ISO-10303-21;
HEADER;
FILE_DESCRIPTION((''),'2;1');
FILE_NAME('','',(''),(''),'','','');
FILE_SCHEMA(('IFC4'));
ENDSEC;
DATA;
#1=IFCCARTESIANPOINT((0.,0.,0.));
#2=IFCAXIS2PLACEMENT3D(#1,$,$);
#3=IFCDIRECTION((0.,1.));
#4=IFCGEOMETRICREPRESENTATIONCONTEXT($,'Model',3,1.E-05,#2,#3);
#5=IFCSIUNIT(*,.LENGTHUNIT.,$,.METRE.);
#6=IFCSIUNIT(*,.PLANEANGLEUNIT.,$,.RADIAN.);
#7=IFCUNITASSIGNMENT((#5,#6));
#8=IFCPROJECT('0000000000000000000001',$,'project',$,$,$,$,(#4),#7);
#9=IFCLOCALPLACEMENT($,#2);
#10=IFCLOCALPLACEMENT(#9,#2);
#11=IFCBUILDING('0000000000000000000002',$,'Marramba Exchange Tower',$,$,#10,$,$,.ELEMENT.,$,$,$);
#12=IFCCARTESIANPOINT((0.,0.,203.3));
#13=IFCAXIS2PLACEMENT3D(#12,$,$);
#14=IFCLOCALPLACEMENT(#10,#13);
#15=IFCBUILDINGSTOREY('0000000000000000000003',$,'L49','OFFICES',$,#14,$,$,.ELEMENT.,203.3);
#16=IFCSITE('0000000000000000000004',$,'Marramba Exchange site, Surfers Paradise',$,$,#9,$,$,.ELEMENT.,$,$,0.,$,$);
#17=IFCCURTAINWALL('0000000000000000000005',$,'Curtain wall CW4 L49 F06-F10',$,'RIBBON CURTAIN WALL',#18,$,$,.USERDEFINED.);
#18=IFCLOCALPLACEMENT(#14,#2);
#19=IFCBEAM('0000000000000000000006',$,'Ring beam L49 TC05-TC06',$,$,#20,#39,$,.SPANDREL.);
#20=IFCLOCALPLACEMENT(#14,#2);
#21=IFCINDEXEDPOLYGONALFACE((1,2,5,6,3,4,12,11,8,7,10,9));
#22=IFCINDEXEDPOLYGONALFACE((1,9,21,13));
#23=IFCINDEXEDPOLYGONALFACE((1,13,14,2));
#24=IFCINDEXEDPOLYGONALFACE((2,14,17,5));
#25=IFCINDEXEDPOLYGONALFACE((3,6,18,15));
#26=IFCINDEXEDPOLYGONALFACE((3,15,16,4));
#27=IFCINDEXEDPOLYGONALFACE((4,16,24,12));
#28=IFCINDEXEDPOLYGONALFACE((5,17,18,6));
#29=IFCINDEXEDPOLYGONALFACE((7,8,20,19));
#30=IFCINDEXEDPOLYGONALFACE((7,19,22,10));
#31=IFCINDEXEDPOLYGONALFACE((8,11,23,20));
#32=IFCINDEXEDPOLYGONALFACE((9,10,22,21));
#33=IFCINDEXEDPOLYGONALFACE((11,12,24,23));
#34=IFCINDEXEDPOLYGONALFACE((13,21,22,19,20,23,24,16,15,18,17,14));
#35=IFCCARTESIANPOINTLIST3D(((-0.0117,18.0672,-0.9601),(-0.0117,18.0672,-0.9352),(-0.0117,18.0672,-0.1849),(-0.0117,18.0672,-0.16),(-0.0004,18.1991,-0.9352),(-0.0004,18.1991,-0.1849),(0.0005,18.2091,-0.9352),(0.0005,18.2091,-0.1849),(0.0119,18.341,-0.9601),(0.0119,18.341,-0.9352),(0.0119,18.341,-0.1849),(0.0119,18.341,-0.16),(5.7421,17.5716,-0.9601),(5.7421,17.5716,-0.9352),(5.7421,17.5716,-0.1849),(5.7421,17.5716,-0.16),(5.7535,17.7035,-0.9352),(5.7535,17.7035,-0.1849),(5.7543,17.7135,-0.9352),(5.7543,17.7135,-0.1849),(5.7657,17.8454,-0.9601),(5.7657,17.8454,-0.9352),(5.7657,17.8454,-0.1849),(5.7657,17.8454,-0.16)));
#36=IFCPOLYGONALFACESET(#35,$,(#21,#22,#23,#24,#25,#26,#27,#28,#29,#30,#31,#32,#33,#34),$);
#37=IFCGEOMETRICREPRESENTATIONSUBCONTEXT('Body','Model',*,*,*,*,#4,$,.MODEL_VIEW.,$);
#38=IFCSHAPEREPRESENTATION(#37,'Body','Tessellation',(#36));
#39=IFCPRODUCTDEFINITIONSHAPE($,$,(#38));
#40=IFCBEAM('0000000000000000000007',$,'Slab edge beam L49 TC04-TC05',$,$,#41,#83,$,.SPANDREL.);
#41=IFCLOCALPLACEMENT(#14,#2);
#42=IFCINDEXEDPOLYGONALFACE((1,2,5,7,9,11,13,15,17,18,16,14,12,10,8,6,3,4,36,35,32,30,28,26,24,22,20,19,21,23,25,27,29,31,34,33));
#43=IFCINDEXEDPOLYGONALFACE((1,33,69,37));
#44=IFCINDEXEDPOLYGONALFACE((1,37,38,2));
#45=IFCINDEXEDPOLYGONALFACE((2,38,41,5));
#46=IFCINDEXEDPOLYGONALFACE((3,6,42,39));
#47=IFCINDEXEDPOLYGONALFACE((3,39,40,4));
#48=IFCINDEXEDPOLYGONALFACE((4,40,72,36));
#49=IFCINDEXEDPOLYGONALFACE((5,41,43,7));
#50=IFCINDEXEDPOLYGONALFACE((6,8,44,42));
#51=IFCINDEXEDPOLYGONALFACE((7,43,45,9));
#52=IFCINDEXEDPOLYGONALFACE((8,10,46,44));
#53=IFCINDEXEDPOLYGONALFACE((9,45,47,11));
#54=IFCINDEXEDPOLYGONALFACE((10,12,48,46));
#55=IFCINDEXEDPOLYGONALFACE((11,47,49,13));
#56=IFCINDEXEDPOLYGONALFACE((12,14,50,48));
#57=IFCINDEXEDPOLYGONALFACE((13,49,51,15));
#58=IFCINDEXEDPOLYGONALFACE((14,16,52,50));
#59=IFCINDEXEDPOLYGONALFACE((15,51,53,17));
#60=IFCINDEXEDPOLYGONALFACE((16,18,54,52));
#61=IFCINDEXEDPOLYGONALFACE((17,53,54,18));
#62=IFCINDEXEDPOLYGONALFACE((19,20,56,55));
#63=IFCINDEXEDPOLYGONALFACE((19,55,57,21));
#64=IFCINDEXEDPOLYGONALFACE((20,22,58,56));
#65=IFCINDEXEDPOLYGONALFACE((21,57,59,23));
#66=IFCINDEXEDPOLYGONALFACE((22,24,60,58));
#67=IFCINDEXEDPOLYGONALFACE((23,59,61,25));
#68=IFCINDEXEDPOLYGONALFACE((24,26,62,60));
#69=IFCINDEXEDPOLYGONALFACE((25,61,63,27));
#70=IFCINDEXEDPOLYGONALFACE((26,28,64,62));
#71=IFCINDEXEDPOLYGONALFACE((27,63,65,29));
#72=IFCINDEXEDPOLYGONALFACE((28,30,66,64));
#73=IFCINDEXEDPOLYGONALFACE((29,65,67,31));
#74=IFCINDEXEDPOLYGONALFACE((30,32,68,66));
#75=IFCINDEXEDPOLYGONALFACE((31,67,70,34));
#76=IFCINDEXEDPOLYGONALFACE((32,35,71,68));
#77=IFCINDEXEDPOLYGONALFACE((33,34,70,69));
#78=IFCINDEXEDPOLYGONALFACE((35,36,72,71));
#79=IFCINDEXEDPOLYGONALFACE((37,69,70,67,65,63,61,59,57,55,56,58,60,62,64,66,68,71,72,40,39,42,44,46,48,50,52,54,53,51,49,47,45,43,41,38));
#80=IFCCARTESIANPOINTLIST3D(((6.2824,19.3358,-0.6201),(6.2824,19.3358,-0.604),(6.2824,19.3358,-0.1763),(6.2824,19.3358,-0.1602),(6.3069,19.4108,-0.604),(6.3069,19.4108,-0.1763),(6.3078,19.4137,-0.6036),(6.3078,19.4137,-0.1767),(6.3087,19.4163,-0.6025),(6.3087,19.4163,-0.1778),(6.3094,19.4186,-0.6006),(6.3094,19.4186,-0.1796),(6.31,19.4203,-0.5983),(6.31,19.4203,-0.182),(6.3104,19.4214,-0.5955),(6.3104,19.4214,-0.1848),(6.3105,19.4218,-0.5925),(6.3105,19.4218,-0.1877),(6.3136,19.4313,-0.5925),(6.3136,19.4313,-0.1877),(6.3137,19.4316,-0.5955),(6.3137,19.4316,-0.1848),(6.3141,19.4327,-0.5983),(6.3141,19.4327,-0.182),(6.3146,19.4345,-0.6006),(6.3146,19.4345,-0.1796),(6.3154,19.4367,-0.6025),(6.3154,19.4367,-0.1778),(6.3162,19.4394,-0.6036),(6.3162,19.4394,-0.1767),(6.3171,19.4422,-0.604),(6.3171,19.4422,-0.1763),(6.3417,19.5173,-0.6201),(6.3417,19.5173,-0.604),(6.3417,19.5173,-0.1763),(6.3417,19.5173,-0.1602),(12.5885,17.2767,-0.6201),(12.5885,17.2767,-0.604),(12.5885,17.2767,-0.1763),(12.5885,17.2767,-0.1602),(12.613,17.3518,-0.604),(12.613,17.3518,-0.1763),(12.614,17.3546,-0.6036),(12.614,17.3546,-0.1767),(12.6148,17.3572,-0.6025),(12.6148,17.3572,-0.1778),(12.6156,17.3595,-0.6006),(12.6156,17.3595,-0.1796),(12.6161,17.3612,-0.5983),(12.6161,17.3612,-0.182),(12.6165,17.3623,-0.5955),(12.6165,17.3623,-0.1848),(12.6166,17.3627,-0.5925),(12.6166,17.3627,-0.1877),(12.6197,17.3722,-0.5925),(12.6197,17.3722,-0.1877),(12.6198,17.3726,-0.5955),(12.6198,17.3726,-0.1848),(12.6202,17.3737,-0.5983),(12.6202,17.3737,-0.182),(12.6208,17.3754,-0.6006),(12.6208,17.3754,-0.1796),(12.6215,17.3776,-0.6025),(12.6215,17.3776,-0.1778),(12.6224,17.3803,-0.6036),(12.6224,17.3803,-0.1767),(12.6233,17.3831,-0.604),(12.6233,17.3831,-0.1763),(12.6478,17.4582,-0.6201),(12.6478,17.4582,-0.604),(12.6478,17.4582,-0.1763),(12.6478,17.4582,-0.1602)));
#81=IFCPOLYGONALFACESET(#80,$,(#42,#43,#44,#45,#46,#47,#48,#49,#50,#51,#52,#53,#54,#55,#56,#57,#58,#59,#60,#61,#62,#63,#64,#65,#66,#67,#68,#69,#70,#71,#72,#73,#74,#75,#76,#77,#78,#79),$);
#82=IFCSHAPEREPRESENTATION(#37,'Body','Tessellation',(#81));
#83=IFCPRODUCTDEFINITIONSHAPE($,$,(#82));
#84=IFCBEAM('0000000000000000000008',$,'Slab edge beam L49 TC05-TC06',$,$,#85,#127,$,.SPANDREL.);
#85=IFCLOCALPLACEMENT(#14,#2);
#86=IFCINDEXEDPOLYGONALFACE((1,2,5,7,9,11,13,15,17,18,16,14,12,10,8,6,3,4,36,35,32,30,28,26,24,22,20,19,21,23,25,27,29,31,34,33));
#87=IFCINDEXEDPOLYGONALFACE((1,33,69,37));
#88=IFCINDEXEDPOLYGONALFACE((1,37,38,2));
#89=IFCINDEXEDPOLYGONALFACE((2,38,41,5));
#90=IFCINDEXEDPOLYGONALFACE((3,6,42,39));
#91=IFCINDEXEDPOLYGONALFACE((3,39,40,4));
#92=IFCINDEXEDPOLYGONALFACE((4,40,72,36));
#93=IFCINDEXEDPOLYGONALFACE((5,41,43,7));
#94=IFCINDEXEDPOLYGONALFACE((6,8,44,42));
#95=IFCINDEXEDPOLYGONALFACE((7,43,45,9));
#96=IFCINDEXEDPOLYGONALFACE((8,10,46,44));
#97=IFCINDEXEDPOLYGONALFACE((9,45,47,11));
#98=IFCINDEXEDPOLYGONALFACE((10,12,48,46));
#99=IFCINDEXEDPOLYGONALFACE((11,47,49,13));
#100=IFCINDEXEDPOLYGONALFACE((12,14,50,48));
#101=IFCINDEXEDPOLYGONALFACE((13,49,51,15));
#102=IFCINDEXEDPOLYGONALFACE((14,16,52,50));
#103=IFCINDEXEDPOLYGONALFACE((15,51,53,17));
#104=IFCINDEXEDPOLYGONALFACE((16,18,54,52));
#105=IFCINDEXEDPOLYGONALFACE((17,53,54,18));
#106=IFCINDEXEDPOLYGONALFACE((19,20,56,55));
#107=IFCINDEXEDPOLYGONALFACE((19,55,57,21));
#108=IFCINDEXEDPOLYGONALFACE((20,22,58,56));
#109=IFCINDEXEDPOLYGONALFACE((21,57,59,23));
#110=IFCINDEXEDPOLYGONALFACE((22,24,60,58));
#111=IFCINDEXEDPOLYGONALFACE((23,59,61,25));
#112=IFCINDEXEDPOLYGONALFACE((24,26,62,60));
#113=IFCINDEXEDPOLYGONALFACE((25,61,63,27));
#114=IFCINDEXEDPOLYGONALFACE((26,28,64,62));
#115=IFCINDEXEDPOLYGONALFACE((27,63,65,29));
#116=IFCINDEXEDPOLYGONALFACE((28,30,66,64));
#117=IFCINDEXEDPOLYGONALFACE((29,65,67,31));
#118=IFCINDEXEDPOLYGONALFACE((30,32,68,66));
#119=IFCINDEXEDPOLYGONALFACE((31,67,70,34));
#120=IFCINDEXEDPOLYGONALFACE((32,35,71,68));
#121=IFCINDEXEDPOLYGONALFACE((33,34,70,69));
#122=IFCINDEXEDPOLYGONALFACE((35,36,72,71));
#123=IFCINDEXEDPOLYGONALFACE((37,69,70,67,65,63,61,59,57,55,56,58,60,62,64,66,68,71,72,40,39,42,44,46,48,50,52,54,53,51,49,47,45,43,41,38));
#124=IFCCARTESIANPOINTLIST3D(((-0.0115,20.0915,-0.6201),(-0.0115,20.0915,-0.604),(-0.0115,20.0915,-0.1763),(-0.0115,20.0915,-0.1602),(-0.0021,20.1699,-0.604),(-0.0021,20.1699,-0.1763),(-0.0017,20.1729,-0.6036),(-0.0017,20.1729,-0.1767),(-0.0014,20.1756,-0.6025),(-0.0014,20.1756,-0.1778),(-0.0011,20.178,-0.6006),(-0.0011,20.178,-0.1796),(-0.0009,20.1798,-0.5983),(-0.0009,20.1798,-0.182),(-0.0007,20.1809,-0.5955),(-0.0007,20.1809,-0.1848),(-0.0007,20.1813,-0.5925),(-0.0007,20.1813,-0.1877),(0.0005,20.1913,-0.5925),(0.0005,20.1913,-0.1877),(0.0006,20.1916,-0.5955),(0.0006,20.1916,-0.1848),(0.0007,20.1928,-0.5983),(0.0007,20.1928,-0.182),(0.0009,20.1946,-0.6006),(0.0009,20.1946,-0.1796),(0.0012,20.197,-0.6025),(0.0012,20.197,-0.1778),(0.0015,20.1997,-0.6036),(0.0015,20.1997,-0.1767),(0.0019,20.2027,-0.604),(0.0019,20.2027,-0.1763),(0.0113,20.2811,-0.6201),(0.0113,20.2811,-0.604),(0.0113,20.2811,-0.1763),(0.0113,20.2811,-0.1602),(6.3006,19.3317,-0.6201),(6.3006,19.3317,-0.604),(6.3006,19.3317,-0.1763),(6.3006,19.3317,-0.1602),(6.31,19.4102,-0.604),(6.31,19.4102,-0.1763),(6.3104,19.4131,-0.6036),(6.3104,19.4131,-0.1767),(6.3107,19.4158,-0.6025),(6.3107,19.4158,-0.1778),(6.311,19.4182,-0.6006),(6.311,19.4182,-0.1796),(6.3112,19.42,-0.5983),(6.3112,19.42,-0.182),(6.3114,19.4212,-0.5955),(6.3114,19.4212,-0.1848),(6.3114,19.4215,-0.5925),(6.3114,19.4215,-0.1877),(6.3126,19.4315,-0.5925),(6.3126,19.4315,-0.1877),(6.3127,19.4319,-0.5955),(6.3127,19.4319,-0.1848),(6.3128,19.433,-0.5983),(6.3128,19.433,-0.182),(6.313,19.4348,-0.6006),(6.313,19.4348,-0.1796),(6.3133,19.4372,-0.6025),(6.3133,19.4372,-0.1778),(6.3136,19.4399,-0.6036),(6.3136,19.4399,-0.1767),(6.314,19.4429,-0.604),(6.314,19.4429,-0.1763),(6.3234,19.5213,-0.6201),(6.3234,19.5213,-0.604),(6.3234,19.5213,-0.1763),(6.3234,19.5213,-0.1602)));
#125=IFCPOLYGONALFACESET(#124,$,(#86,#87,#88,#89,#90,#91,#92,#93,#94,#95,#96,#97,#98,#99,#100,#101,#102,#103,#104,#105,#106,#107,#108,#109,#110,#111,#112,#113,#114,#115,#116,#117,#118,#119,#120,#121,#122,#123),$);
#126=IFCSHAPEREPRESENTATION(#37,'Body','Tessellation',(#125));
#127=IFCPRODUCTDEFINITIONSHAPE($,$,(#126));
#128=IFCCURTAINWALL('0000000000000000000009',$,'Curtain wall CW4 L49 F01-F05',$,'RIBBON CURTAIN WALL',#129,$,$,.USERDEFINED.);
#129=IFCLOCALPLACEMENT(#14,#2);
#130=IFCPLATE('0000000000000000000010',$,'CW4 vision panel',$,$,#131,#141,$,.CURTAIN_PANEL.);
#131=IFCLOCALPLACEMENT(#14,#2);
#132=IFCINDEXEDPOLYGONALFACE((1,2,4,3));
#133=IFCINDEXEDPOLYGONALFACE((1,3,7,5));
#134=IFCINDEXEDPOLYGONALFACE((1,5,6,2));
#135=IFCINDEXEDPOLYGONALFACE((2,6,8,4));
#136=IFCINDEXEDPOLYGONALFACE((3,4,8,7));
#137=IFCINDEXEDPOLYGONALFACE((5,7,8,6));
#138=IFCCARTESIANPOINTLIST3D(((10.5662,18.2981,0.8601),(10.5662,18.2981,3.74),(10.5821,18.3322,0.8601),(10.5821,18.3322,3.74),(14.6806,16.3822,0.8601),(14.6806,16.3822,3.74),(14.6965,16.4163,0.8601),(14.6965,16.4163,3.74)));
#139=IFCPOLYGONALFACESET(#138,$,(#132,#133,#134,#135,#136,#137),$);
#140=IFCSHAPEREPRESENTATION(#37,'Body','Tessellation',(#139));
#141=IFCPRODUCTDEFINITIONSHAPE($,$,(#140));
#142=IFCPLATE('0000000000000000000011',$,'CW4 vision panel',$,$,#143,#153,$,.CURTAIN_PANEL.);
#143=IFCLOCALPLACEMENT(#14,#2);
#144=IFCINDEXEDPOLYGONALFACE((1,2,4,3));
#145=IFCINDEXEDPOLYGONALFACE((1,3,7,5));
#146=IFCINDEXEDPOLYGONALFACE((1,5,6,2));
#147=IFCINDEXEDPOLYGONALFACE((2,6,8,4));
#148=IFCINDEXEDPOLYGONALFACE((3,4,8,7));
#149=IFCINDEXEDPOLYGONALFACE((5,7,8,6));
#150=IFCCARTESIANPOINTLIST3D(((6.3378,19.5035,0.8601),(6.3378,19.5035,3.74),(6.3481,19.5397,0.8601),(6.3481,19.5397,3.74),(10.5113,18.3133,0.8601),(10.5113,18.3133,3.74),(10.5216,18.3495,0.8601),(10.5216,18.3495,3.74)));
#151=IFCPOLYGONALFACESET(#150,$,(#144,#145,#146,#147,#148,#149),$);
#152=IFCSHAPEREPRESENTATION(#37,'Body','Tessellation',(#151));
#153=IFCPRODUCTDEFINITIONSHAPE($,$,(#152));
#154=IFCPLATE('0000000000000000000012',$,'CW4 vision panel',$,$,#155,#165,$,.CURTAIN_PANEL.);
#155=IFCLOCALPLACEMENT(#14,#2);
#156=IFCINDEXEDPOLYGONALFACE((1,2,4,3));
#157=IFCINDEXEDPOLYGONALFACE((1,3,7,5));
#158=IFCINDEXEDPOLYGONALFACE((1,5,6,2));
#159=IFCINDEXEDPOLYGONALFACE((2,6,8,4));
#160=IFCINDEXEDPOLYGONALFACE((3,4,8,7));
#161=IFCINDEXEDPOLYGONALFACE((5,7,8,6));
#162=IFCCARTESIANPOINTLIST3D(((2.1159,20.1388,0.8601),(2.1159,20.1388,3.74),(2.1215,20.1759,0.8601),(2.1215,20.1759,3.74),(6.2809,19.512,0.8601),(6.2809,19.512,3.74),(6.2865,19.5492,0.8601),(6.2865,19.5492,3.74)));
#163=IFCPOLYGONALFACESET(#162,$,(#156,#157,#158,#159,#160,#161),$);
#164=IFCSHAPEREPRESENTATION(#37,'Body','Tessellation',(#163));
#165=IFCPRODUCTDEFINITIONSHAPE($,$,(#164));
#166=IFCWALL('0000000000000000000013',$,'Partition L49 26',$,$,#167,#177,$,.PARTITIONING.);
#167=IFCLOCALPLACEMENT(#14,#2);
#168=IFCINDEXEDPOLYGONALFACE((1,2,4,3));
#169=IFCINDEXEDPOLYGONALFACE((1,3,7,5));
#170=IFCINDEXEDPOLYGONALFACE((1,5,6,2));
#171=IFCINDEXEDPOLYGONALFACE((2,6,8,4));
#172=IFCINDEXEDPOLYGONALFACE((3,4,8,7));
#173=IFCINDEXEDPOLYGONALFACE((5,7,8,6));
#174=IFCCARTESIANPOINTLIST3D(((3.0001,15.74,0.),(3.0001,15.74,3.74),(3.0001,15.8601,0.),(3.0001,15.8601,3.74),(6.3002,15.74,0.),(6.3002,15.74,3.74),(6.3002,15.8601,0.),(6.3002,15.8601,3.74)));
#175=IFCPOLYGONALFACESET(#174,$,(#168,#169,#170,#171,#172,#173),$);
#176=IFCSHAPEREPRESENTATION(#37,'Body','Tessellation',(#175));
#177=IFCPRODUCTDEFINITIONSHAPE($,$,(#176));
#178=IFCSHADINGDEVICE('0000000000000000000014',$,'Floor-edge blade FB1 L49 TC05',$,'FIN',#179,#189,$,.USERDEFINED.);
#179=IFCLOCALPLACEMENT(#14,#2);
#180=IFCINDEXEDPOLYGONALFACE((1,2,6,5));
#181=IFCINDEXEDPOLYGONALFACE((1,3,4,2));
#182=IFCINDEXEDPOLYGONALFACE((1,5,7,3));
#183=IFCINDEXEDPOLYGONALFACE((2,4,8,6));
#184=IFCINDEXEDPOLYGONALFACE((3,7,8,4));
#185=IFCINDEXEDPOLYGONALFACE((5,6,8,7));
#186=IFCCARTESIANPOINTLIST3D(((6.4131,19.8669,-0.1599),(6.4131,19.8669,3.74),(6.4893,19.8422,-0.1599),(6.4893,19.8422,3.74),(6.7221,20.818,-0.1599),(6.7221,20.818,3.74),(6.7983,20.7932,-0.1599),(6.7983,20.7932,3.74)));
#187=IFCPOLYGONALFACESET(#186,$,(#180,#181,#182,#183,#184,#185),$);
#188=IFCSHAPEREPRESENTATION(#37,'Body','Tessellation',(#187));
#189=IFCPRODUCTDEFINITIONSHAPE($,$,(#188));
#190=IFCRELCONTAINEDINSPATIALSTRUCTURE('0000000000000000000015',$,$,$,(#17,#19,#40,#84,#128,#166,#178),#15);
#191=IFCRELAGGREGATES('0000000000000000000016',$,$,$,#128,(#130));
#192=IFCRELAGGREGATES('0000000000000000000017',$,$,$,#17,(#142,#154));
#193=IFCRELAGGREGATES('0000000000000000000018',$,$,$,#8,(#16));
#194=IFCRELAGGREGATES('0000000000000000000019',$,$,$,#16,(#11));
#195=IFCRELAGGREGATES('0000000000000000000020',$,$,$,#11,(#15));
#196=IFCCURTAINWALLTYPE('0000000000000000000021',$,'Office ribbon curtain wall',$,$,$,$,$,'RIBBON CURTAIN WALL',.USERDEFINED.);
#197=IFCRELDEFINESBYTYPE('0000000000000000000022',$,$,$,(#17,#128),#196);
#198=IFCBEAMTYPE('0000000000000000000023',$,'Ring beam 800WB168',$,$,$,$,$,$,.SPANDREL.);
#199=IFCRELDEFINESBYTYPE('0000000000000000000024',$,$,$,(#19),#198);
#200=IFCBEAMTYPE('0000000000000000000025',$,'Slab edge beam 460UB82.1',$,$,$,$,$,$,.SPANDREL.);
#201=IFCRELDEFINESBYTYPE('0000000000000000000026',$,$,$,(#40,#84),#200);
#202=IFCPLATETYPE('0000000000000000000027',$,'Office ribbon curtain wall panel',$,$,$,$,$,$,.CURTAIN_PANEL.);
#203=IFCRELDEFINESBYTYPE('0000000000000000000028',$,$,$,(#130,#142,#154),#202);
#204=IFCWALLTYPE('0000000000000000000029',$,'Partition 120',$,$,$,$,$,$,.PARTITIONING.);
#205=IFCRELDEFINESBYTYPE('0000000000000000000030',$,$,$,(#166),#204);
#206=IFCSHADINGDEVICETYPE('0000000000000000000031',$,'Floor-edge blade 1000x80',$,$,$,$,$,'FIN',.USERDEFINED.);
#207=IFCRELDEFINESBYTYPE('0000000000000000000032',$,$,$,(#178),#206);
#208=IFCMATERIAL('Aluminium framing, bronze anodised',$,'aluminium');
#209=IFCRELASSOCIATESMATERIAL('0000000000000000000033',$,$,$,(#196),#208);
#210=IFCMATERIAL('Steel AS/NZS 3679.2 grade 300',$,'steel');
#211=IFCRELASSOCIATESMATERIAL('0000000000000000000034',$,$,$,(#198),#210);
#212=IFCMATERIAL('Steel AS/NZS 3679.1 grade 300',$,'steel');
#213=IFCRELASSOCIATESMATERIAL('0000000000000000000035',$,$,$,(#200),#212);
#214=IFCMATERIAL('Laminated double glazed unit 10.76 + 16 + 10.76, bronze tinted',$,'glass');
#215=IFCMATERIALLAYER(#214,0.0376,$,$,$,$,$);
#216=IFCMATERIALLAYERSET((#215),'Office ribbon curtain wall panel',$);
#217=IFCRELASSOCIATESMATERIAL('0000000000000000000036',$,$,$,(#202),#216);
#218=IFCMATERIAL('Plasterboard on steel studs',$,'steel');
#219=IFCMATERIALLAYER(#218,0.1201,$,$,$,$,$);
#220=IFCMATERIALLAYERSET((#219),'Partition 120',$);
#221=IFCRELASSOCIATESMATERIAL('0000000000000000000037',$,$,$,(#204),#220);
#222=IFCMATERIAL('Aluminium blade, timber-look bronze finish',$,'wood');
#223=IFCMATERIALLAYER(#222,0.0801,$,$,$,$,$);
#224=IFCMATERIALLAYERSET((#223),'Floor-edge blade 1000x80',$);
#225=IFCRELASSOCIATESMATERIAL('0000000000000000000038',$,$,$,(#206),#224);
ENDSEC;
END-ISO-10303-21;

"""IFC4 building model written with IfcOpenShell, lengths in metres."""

from ifc_helpers import new_model, si_unit, direction, frame, frame_2d, origin, origin_2d, place, context, subcontext, project, spatial, rectangle, i_section, extrude, material, layer, layer_set, material_profile, profile_set, type_object, element, aggregate, save


model = new_model("IFC4")

# Units and contexts
model_context = context("Model", 3, precision=1e-05, world=origin(), true_north=direction((0.0, 1.0)))
body_context = subcontext(model_context, "Body", "Model", "MODEL_VIEW")
ifc_project = project(units=[si_unit("LENGTHUNIT", "METRE"), si_unit("PLANEANGLEUNIT", "RADIAN")], contexts=[model_context])

# Site, building, storey
site_placement = place(None, origin())
site = spatial("IfcSite", under=ifc_project, at=site_placement, Name="Marramba Exchange site, Surfers Paradise", CompositionType="ELEMENT", RefElevation=0.0)
building_placement = place(site_placement, origin())
building = spatial("IfcBuilding", under=site, at=building_placement, Name="Marramba Exchange Tower", CompositionType="ELEMENT")
storey_placement = place(building_placement, frame((0.0, 0.0, 203.3)))
storey = spatial("IfcBuildingStorey", under=building, at=storey_placement, Name="L49", Description="OFFICES", CompositionType="ELEMENT", Elevation=203.3)

# Shared definitions
ifc_material_1 = material(Name="Steel AS/NZS 3679.2 grade 300", Category="steel")

# Curtain wall
ifc_material_2 = material(Name="Aluminium framing, bronze anodised", Category="aluminium")
curtain_wall_type = type_object("IfcCurtainWallType", Name="Office ribbon curtain wall", ElementType="RIBBON CURTAIN WALL", PredefinedType="USERDEFINED", material=ifc_material_2)
curtain_wall_1_placement = place(storey_placement, origin())
curtain_wall_1 = element("IfcCurtainWall", 1, at=curtain_wall_1_placement, inside=storey, type_object=curtain_wall_type, Name="Curtain wall CW4 L49 F06-F10", ObjectType="RIBBON CURTAIN WALL", PredefinedType="USERDEFINED")

# Beams
ifc_material_profile_1 = material_profile(ifc_material_1, i_section(OverallWidth=0.2749, OverallDepth=0.8, WebThickness=0.01, FlangeThickness=0.0249, at=origin_2d()), Name="800WB168")
ifc_profile_set_1 = profile_set([ifc_material_profile_1], Name="Steel AS/NZS 3679.2 grade 300")
beam_type_1 = type_object("IfcBeamType", Name="Ring beam 800WB168", PredefinedType="SPANDREL", material=ifc_profile_set_1)
beam_1_placement = place(storey_placement, frame((5.7539, 17.7085, -0.5601), z_axis=(-0.996311, 0.085816, 0.0), x_axis=(-0.085816, -0.996311, 0.0)))
element("IfcBeam", 2, at=beam_1_placement, inside=storey, type_object=beam_type_1, Name="Ring beam L49 TC05-TC06", PredefinedType="SPANDREL", context=body_context, shape_type="SweptSolid", body=[
    extrude(i_section(OverallWidth=0.2749, OverallDepth=0.8, WebThickness=0.01, FlangeThickness=0.0249, at=origin_2d()), origin(), (0.0, 0.0, 1.0), 5.7751),
])
ifc_material_3 = material(Name="Steel AS/NZS 3679.1 grade 300", Category="steel")
ifc_material_profile_2 = material_profile(ifc_material_3, i_section(OverallWidth=0.1909, OverallDepth=0.46, WebThickness=0.01, FlangeThickness=0.0161, FilletRadius=0.0115, at=origin_2d()), Name="460UB82.1")
ifc_profile_set_2 = profile_set([ifc_material_profile_2], Name="Steel AS/NZS 3679.1 grade 300")
beam_type_2 = type_object("IfcBeamType", Name="Slab edge beam 460UB82.1", PredefinedType="SPANDREL", material=ifc_profile_set_2)
beam_2_placement = place(storey_placement, frame((12.6182, 17.3674, -0.3901), z_axis=(-0.950609, 0.310392, 0.0), x_axis=(-0.310392, -0.950609, 0.0)))
element("IfcBeam", 3, at=beam_2_placement, inside=storey, type_object=beam_type_2, Name="Slab edge beam L49 TC04-TC05", PredefinedType="SPANDREL", context=body_context, shape_type="SweptSolid", body=[
    extrude(i_section(OverallWidth=0.1909, OverallDepth=0.46, WebThickness=0.01, FlangeThickness=0.0161, FilletRadius=0.0115, at=origin_2d()), origin(), (0.0, 0.0, 1.0), 6.6338),
])
beam_3_placement = place(storey_placement, frame((6.312, 19.4265, -0.3901), z_axis=(-0.992834, 0.119506, 0.0), x_axis=(-0.119506, -0.992834, 0.0)))
element("IfcBeam", 4, at=beam_3_placement, inside=storey, type_object=beam_type_2, Name="Slab edge beam L49 TC05-TC06", PredefinedType="SPANDREL", context=body_context, shape_type="SweptSolid", body=[
    extrude(i_section(OverallWidth=0.1909, OverallDepth=0.46, WebThickness=0.01, FlangeThickness=0.0161, FilletRadius=0.0115, at=origin_2d()), origin(), (0.0, 0.0, 1.0), 6.3577),
])

# Curtain wall, plate
curtain_wall_2_placement = place(storey_placement, origin())
curtain_wall_2 = element("IfcCurtainWall", 5, at=curtain_wall_2_placement, inside=storey, type_object=curtain_wall_type, Name="Curtain wall CW4 L49 F01-F05", ObjectType="RIBBON CURTAIN WALL", PredefinedType="USERDEFINED")
ifc_material_4 = material(Name="Laminated double glazed unit 10.76 + 16 + 10.76, bronze tinted", Category="glass")
ifc_layer_1 = layer(ifc_material_4, 0.0376)
ifc_layer_set_1 = layer_set([ifc_layer_1], Name="Office ribbon curtain wall panel")
plate_type = type_object("IfcPlateType", Name="Office ribbon curtain wall panel", PredefinedType="CURTAIN_PANEL", material=ifc_layer_set_1)
plate_1_placement = place(storey_placement, frame((12.6313, 17.3572, 0.8601), z_axis=(0.0, 0.0, 1.0), x_axis=(-0.906534, 0.422133, 0.0)))
plate_1 = element("IfcPlate", 6, at=plate_1_placement, type_object=plate_type, Name="CW4 vision panel", PredefinedType="CURTAIN_PANEL", context=body_context, shape_type="SweptSolid", body=[
    extrude(rectangle(XDim=4.5386, YDim=0.0376, at=origin_2d()), origin(), (0.0, 0.0, 1.0), 2.8799),
])
aggregate(curtain_wall_2, [plate_1])

# Plates
plate_2_placement = place(storey_placement, frame((8.4297, 18.9265, 0.8601), z_axis=(0.0, 0.0, 1.0), x_axis=(-0.961659, 0.274248, 0.0)))
plate_2 = element("IfcPlate", 7, at=plate_2_placement, type_object=plate_type, Name="CW4 vision panel", PredefinedType="CURTAIN_PANEL", context=body_context, shape_type="SweptSolid", body=[
    extrude(rectangle(XDim=4.3398, YDim=0.0376, at=origin_2d()), origin(), (0.0, 0.0, 1.0), 2.8799),
])
plate_3_placement = place(storey_placement, frame((4.2012, 19.844, 0.8601), z_axis=(0.0, 0.0, 1.0), x_axis=(-0.988868, 0.148795, 0.0)))
plate_3 = element("IfcPlate", 8, at=plate_3_placement, type_object=plate_type, Name="CW4 vision panel", PredefinedType="CURTAIN_PANEL", context=body_context, shape_type="SweptSolid", body=[
    extrude(rectangle(XDim=4.2119, YDim=0.0376, at=origin_2d()), origin(), (0.0, 0.0, 1.0), 2.8799),
])
aggregate(curtain_wall_1, [plate_2, plate_3])

# Wall
ifc_material_5 = material(Name="Plasterboard on steel studs", Category="steel")
ifc_layer_2 = layer(ifc_material_5, 0.1201)
ifc_layer_set_2 = layer_set([ifc_layer_2], Name="Partition 120")
wall_type = type_object("IfcWallType", Name="Partition 120", PredefinedType="PARTITIONING", material=ifc_layer_set_2)
wall_placement = place(storey_placement, frame((6.3, 15.8, 0.0), z_axis=(0.0, 0.0, 1.0), x_axis=(-1.0, 0.0, 0.0)))
element("IfcWall", 9, at=wall_placement, inside=storey, type_object=wall_type, Name="Partition L49 26", PredefinedType="PARTITIONING", context=body_context, shape_type="SweptSolid", body=[
    extrude(rectangle(XDim=3.3, YDim=0.1201, at=frame_2d((1.6499, 0.0))), origin(), (0.0, 0.0, 1.0), 3.74),
])

# Shading device
ifc_material_6 = material(Name="Aluminium blade, timber-look bronze finish", Category="wood")
ifc_layer_3 = layer(ifc_material_6, 0.0801)
ifc_layer_set_3 = layer_set([ifc_layer_3], Name="Floor-edge blade 1000x80")
shading_device_type_1 = type_object("IfcShadingDeviceType", Name="Floor-edge blade 1000x80", ElementType="FIN", PredefinedType="USERDEFINED", material=ifc_layer_set_3)
for number, where, z_axis, x_axis, name in (
    (10, (6.6057, 20.3301, -0.1599), (0.0, 0.0, 1.0), (0.309017, 0.951057, 0.0), "Floor-edge blade FB1 L49 TC05"),
):
    element("IfcShadingDevice", number, at=place(storey_placement, frame(where, z_axis=z_axis, x_axis=x_axis)), inside=storey, type_object=shading_device_type_1, Name=name, ObjectType="FIN", PredefinedType="USERDEFINED", context=body_context, shape_type="SweptSolid", body=[
        extrude(rectangle(XDim=1.0, YDim=0.0801, at=origin_2d()), origin(), (0.0, 0.0, 1.0), 3.8999),
    ])

save(model, "model.ifc")
